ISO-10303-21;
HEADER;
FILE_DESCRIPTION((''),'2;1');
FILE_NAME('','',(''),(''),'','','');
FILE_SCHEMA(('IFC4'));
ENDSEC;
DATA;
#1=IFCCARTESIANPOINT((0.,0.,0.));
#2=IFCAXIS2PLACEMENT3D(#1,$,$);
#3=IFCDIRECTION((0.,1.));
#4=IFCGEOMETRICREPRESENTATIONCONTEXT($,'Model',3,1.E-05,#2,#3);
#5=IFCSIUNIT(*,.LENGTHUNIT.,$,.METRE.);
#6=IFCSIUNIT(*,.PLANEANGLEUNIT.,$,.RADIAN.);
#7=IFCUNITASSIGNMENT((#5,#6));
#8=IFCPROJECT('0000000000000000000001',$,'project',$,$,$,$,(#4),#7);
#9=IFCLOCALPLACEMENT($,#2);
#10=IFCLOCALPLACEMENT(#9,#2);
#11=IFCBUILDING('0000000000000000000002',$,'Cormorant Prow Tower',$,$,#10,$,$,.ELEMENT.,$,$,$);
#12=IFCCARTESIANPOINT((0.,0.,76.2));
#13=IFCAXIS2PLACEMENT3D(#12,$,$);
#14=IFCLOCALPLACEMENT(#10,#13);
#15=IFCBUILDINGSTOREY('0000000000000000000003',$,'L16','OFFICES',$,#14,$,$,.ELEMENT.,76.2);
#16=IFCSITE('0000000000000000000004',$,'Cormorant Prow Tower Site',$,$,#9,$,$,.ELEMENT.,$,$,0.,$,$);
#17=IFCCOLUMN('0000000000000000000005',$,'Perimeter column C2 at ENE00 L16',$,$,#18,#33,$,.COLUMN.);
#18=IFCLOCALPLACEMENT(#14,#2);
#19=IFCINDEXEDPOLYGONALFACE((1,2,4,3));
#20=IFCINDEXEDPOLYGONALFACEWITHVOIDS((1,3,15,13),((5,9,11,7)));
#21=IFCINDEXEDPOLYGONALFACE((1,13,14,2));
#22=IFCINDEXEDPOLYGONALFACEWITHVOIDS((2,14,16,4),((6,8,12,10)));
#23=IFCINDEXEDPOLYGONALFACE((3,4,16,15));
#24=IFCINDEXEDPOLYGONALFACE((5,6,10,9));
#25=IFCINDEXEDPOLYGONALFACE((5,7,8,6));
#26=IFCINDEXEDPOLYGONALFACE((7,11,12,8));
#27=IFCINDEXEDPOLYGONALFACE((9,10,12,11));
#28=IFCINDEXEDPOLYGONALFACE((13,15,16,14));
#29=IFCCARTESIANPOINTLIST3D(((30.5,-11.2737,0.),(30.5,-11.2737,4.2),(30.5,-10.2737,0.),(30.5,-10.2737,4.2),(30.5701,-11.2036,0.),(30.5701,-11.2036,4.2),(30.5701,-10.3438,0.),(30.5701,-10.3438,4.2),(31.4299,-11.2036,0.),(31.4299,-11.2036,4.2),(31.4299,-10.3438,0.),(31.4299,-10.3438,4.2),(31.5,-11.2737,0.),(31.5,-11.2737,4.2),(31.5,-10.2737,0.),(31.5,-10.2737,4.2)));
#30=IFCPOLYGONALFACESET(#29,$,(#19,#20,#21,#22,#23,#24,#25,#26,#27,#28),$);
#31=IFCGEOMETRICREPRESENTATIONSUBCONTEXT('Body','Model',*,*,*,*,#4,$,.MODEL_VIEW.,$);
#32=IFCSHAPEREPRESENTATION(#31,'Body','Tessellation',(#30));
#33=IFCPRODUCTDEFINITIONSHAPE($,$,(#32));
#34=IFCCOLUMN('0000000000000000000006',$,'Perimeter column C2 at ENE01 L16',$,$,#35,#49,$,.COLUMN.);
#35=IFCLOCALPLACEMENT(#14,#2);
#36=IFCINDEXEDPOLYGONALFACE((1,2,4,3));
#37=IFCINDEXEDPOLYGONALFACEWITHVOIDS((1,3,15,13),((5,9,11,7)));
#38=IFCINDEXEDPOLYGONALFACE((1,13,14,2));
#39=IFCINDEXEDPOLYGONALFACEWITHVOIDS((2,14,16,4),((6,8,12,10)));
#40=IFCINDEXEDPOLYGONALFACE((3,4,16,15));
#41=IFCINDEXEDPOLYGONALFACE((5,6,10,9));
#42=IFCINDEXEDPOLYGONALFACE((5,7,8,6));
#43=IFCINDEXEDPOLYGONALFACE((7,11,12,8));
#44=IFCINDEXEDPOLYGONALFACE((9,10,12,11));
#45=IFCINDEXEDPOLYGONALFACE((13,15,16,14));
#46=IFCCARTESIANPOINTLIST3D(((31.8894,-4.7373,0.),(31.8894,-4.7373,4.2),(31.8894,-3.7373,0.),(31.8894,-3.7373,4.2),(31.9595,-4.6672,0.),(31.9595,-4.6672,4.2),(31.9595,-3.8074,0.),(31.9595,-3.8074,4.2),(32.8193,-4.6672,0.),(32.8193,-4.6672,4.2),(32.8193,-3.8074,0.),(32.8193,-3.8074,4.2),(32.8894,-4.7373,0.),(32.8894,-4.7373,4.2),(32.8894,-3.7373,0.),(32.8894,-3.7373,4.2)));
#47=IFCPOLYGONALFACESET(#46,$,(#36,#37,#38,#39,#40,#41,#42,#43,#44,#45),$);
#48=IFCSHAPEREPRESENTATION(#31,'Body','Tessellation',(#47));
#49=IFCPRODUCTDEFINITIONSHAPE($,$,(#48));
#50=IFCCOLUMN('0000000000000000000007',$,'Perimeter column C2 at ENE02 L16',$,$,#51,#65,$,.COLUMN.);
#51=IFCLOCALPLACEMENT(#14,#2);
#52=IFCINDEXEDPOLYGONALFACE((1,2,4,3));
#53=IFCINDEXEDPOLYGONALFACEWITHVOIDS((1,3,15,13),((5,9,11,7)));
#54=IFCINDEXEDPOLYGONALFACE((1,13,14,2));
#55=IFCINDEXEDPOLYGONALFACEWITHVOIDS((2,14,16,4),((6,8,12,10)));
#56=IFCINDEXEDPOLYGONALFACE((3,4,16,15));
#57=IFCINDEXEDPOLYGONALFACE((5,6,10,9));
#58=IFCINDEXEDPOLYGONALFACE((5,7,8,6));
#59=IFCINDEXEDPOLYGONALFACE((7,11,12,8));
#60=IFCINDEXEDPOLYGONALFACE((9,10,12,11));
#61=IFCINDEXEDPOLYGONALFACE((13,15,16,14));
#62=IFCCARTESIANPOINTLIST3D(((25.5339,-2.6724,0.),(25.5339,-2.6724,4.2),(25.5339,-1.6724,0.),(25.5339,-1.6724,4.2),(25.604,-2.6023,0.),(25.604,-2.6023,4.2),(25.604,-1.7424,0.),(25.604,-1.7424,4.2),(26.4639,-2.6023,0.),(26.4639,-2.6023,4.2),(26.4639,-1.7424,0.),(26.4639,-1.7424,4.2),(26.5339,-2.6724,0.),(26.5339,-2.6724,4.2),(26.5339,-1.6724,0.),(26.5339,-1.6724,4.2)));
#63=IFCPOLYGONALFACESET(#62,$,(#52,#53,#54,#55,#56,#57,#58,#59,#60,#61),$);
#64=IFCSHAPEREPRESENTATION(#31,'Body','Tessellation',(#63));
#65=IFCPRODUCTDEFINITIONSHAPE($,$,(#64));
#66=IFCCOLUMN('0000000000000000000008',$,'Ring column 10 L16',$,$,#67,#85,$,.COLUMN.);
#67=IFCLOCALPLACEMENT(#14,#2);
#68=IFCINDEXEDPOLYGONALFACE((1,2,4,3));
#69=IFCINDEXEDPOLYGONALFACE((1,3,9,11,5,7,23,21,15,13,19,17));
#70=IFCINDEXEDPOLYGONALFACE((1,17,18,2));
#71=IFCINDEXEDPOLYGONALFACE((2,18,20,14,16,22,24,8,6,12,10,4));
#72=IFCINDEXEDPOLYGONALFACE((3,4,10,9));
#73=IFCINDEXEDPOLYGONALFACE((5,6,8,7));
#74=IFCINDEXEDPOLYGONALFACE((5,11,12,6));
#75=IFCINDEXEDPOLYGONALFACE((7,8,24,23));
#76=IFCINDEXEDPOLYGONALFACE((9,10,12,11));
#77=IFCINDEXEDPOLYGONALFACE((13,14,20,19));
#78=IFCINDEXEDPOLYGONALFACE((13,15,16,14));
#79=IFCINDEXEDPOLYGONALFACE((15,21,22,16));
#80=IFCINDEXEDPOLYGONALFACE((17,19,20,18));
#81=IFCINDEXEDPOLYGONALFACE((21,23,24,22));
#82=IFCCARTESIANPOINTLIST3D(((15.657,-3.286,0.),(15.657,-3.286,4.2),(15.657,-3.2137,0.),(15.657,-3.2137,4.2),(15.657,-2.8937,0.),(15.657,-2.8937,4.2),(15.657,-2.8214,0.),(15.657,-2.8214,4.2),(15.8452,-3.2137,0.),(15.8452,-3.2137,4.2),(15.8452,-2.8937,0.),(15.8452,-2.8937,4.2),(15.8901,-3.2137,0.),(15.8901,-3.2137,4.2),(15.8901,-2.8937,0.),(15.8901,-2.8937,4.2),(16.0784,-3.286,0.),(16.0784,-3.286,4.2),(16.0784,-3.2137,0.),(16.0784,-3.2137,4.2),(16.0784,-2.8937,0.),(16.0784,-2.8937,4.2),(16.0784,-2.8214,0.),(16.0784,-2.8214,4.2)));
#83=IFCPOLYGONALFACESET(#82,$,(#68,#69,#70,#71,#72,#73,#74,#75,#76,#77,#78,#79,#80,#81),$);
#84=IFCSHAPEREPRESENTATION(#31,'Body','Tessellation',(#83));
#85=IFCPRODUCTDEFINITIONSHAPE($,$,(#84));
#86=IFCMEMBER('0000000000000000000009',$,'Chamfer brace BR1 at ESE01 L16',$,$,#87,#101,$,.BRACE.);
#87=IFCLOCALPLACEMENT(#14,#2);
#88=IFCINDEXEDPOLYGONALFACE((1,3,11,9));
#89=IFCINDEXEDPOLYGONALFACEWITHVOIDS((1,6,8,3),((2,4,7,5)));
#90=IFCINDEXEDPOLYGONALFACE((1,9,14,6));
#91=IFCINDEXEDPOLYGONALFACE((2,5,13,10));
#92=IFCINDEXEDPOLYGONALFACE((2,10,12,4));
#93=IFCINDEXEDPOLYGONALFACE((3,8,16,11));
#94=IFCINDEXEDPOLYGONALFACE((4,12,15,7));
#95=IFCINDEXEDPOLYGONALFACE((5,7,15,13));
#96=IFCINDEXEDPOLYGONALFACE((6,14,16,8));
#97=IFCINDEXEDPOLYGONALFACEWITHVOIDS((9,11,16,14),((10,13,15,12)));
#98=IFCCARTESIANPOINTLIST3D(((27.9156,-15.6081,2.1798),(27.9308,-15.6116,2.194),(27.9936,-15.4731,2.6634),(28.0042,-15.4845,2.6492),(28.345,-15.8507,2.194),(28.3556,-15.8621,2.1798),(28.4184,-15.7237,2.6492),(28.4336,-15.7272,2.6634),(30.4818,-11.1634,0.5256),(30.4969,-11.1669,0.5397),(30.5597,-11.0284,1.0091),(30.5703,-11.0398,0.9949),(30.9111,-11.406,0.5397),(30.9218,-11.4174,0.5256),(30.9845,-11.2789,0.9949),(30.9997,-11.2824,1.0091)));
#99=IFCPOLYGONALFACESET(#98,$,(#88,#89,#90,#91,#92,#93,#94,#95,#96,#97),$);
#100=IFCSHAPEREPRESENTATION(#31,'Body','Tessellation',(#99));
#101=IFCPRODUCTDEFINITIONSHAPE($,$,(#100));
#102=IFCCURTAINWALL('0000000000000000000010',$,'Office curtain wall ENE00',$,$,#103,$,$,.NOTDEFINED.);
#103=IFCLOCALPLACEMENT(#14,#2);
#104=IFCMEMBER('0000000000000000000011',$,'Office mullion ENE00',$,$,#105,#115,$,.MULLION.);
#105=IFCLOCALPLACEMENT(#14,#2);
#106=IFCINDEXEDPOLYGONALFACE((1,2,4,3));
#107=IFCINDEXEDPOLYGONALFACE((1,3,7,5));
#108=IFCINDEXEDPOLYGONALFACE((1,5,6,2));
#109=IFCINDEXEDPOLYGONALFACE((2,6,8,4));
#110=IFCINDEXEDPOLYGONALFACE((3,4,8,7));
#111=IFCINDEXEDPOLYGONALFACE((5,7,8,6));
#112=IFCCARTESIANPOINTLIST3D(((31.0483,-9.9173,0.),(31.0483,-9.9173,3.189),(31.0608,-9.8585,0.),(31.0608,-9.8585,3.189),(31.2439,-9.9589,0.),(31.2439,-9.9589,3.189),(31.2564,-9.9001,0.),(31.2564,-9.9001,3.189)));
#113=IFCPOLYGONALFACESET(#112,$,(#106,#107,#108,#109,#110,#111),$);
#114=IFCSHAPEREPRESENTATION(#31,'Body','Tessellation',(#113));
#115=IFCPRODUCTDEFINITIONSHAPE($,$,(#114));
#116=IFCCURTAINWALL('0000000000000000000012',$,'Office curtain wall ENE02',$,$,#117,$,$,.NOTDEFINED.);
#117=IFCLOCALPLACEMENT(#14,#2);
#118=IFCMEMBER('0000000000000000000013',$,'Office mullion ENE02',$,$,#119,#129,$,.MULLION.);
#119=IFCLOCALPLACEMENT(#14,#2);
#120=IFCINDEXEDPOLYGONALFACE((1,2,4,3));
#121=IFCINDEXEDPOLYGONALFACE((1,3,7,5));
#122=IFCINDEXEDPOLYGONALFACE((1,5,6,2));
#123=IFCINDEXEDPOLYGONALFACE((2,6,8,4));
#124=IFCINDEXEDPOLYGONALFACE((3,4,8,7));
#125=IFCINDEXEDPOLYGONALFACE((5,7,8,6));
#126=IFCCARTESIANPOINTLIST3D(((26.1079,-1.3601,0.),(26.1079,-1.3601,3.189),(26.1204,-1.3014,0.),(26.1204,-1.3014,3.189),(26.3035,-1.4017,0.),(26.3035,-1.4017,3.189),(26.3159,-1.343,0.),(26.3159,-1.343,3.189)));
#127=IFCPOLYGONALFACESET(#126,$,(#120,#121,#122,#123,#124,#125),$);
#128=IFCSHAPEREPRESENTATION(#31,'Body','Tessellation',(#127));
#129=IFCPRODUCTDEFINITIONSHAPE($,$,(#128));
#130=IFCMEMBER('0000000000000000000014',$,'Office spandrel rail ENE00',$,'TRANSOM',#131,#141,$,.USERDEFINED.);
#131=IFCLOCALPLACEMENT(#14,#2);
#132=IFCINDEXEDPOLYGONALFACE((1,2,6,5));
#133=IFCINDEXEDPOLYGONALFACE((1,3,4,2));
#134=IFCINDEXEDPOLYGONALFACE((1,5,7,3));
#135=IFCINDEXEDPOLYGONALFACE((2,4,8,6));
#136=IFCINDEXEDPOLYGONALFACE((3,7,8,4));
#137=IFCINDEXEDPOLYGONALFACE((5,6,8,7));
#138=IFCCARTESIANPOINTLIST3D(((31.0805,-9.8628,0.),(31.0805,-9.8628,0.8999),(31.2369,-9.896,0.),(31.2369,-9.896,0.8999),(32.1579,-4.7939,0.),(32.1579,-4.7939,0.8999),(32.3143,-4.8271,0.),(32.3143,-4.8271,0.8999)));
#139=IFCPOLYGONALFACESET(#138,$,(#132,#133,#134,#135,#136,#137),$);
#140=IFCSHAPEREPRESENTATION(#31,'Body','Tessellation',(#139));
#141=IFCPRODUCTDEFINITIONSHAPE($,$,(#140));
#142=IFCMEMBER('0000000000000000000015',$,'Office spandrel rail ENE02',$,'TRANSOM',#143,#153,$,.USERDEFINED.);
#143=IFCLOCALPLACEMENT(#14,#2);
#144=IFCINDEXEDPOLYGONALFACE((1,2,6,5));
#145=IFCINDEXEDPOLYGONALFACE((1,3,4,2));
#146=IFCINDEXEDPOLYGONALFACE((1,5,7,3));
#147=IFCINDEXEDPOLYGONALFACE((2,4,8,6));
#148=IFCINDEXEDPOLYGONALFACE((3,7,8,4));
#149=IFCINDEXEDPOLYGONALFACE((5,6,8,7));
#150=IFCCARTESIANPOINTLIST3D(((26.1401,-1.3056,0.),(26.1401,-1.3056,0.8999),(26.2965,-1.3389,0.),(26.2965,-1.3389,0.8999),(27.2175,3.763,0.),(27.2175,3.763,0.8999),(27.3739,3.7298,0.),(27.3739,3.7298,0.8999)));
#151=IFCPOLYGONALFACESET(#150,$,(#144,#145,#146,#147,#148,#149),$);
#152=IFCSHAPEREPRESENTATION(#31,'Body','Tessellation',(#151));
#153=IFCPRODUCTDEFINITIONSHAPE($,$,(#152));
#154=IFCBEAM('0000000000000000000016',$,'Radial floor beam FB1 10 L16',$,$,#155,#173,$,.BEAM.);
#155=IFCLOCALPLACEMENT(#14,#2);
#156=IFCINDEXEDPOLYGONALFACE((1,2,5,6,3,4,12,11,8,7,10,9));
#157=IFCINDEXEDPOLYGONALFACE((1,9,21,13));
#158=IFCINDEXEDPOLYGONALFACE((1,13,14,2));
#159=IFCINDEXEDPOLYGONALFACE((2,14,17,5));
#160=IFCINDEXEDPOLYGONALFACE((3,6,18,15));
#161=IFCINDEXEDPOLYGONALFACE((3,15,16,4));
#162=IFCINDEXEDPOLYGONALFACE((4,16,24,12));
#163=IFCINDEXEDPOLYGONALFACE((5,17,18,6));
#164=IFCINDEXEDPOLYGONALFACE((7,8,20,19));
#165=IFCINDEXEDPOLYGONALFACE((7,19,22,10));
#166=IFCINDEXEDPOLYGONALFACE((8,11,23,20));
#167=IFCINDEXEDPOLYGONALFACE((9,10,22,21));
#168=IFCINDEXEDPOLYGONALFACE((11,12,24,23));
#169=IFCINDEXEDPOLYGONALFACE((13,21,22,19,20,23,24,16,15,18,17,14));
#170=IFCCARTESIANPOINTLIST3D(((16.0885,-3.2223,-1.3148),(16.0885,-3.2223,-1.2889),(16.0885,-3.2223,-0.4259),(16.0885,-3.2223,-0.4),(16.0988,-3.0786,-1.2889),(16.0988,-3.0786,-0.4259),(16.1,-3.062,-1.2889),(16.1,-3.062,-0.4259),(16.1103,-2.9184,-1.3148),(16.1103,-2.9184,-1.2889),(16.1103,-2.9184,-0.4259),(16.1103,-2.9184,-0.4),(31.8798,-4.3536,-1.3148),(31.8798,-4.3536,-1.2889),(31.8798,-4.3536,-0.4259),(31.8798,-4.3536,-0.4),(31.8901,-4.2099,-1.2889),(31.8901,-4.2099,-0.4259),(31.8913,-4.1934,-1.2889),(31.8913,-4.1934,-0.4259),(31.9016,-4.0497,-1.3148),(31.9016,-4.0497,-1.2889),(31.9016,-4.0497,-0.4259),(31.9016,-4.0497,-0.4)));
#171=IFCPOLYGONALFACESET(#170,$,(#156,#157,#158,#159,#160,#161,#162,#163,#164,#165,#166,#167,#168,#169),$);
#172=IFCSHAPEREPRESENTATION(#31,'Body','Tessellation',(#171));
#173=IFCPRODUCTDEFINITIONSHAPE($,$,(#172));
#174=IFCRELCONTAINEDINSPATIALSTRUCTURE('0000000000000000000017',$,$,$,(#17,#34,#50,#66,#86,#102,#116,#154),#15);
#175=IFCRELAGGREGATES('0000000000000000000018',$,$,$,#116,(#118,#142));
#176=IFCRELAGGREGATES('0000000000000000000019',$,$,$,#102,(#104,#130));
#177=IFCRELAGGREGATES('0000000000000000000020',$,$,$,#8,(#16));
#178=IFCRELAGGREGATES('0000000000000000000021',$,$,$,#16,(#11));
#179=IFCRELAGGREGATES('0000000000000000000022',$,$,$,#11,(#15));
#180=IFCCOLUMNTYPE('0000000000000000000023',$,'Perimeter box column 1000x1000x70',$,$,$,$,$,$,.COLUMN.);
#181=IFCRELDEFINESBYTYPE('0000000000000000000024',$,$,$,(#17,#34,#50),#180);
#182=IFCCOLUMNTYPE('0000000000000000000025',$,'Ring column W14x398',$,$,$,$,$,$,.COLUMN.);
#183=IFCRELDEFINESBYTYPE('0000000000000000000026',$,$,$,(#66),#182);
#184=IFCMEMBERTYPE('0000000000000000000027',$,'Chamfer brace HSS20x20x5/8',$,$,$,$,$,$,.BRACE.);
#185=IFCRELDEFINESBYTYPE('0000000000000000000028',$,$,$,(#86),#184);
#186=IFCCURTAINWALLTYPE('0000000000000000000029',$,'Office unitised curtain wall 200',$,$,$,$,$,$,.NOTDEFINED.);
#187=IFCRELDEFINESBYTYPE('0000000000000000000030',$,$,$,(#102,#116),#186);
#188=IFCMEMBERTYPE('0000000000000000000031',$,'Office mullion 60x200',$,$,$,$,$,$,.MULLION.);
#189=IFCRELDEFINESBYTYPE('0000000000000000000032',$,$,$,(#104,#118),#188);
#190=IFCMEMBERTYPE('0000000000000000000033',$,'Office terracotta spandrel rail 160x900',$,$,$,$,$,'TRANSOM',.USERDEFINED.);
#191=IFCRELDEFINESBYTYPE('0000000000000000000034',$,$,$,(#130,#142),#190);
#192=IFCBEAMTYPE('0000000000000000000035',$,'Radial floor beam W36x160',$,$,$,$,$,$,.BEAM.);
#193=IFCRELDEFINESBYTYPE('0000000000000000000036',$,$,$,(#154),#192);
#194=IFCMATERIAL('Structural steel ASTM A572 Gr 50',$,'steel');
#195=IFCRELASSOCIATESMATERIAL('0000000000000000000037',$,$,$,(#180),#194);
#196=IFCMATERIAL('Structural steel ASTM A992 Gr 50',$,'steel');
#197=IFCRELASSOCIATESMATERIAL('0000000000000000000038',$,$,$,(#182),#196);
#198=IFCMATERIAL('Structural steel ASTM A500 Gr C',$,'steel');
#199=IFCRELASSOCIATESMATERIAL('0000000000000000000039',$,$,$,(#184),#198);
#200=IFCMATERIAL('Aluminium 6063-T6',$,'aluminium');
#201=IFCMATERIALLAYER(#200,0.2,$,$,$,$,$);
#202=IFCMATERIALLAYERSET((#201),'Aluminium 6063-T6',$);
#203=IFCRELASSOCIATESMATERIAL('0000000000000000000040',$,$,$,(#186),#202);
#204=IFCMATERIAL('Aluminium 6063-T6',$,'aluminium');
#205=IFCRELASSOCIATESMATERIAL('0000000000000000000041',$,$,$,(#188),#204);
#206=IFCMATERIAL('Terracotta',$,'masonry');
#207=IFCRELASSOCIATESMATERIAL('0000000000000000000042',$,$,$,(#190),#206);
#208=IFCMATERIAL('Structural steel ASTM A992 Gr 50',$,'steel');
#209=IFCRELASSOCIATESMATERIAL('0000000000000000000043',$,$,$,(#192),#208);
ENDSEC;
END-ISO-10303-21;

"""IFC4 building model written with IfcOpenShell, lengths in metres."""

from ifc_helpers import new_model, si_unit, direction, frame, origin, origin_2d, place, context, subcontext, project, spatial, rectangle, hollow_rectangle, i_section, extrude, material, layer, layer_set, material_profile, profile_set, type_object, element, aggregate, save


model = new_model("IFC4")

# Units and contexts
model_context = context("Model", 3, precision=1e-05, world=origin(), true_north=direction((0.0, 1.0)))
body_context = subcontext(model_context, "Body", "Model", "MODEL_VIEW")
ifc_project = project(units=[si_unit("LENGTHUNIT", "METRE"), si_unit("PLANEANGLEUNIT", "RADIAN")], contexts=[model_context])

# Site, building, storey
site_placement = place(None, origin())
site = spatial("IfcSite", under=ifc_project, at=site_placement, Name="Cormorant Prow Tower Site", CompositionType="ELEMENT", RefElevation=0.0)
building_placement = place(site_placement, origin())
building = spatial("IfcBuilding", under=site, at=building_placement, Name="Cormorant Prow Tower", CompositionType="ELEMENT")
storey_placement = place(building_placement, frame((0.0, 0.0, 76.2)))
storey = spatial("IfcBuildingStorey", under=building, at=storey_placement, Name="L16", Description="OFFICES", CompositionType="ELEMENT", Elevation=76.2)

# Columns
ifc_material_1 = material(Name="Structural steel ASTM A572 Gr 50", Category="steel")
ifc_material_profile_1 = material_profile(ifc_material_1, hollow_rectangle(XDim=1.0, YDim=1.0, WallThickness=0.0701, at=origin_2d()), Name="Box 1000x1000x70")
ifc_profile_set_1 = profile_set([ifc_material_profile_1], Name="Structural steel ASTM A572 Gr 50")
column_type_1 = type_object("IfcColumnType", Name="Perimeter box column 1000x1000x70", PredefinedType="COLUMN", material=ifc_profile_set_1)
for number, where, z_axis, x_axis, name in (
    (1, (31.0, -10.7737, 0.0), (0.0, 0.0, 1.0), (1.0, 0.0, 0.0), "Perimeter column C2 at ENE00 L16"),
    (2, (32.3894, -4.2373, 0.0), (0.0, 0.0, 1.0), (1.0, 0.0, 0.0), "Perimeter column C2 at ENE01 L16"),
    (3, (26.0339, -2.1724, 0.0), (0.0, 0.0, 1.0), (1.0, 0.0, 0.0), "Perimeter column C2 at ENE02 L16"),
):
    element("IfcColumn", number, at=place(storey_placement, frame(where, z_axis=z_axis, x_axis=x_axis)), inside=storey, type_object=column_type_1, Name=name, PredefinedType="COLUMN", context=body_context, shape_type="SweptSolid", body=[
        extrude(hollow_rectangle(XDim=1.0, YDim=1.0, WallThickness=0.0701, at=origin_2d()), origin(), (0.0, 0.0, 1.0), 4.2),
    ])
ifc_material_2 = material(Name="Structural steel ASTM A992 Gr 50", Category="steel")
ifc_material_profile_2 = material_profile(ifc_material_2, i_section(OverallWidth=0.4214, OverallDepth=0.4646, WebThickness=0.0449, FlangeThickness=0.0723, at=origin_2d()), Name="W14x398")
ifc_profile_set_2 = profile_set([ifc_material_profile_2], Name="Structural steel ASTM A992 Gr 50")
column_type_2 = type_object("IfcColumnType", Name="Ring column W14x398", PredefinedType="COLUMN", material=ifc_profile_set_2)
column_placement = place(storey_placement, frame((15.8677, -3.0537, 0.0), z_axis=(0.0, 0.0, 1.0), x_axis=(1.0, 0.0, 0.0)))
element("IfcColumn", 4, at=column_placement, inside=storey, type_object=column_type_2, Name="Ring column 10 L16", PredefinedType="COLUMN", context=body_context, shape_type="SweptSolid", body=[
    extrude(i_section(OverallWidth=0.4214, OverallDepth=0.4646, WebThickness=0.0449, FlangeThickness=0.0723, at=origin_2d()), origin(), (0.0, 0.0, 1.0), 4.2),
])

# Member
ifc_material_3 = material(Name="Structural steel ASTM A500 Gr C", Category="steel")
ifc_material_profile_3 = material_profile(ifc_material_3, hollow_rectangle(XDim=0.5081, YDim=0.5081, WallThickness=0.0149, at=origin_2d()), Name="HSS20x20x5/8")
ifc_profile_set_3 = profile_set([ifc_material_profile_3], Name="Structural steel ASTM A500 Gr C")
member_type_1 = type_object("IfcMemberType", Name="Chamfer brace HSS20x20x5/8", PredefinedType="BRACE", material=ifc_profile_set_3)
member_1_placement = place(storey_placement, frame((30.7407, -11.2229, 0.7673), z_axis=(-0.475882, -0.82427, 0.306781), x_axis=(0.86603, -0.499991, 0.0)))
element("IfcMember", 5, at=member_1_placement, inside=storey, type_object=member_type_1, Name="Chamfer brace BR1 at ESE01 L16", PredefinedType="BRACE", context=body_context, shape_type="SweptSolid", body=[
    extrude(hollow_rectangle(XDim=0.5081, YDim=0.5081, WallThickness=0.0149, at=origin_2d()), origin(), (0.0, 0.0, 1.0), 5.3923),
])

# Curtain walls, members
ifc_material_4 = material(Name="Aluminium 6063-T6", Category="aluminium")
ifc_layer_1 = layer(ifc_material_4, 0.2)
ifc_layer_set_1 = layer_set([ifc_layer_1], Name="Aluminium 6063-T6")
curtain_wall_type = type_object("IfcCurtainWallType", Name="Office unitised curtain wall 200", PredefinedType="NOTDEFINED", material=ifc_layer_set_1)
curtain_wall_1_placement = place(storey_placement, origin())
curtain_wall_1 = element("IfcCurtainWall", 6, at=curtain_wall_1_placement, inside=storey, type_object=curtain_wall_type, Name="Office curtain wall ENE00", PredefinedType="NOTDEFINED")
ifc_material_5 = material(Name="Aluminium 6063-T6", Category="aluminium")
ifc_material_profile_4 = material_profile(ifc_material_5, rectangle(XDim=0.2, YDim=0.0601, at=origin_2d()), Name="Office mullion 60x200")
ifc_profile_set_4 = profile_set([ifc_material_profile_4], Name="Aluminium 6063-T6")
member_type_2 = type_object("IfcMemberType", Name="Office mullion 60x200", PredefinedType="MULLION", material=ifc_profile_set_4)
member_2_placement = place(storey_placement, frame((31.1523, -9.9087, 0.0), z_axis=(0.0, 0.0, 1.0), x_axis=(-0.978148, 0.207912, 0.0)))
member_2 = element("IfcMember", 7, at=member_2_placement, type_object=member_type_2, Name="Office mullion ENE00", PredefinedType="MULLION", context=body_context, shape_type="SweptSolid", body=[
    extrude(rectangle(XDim=0.2, YDim=0.0601, at=origin_2d()), origin(), (0.0, 0.0, 1.0), 3.189),
])
curtain_wall_2_placement = place(storey_placement, origin())
curtain_wall_2 = element("IfcCurtainWall", 8, at=curtain_wall_2_placement, inside=storey, type_object=curtain_wall_type, Name="Office curtain wall ENE02", PredefinedType="NOTDEFINED")
member_3_placement = place(storey_placement, frame((26.2119, -1.3516, 0.0), z_axis=(0.0, 0.0, 1.0), x_axis=(-0.978148, 0.207912, 0.0)))
member_3 = element("IfcMember", 9, at=member_3_placement, type_object=member_type_2, Name="Office mullion ENE02", PredefinedType="MULLION", context=body_context, shape_type="SweptSolid", body=[
    extrude(rectangle(XDim=0.2, YDim=0.0601, at=origin_2d()), origin(), (0.0, 0.0, 1.0), 3.189),
])

# Members
ifc_material_6 = material(Name="Terracotta", Category="masonry")
ifc_material_profile_5 = material_profile(ifc_material_6, rectangle(XDim=0.1599, YDim=0.8999, at=origin_2d()), Name="Office terracotta spandrel rail 160x900")
ifc_profile_set_5 = profile_set([ifc_material_profile_5], Name="Terracotta")
member_type_3 = type_object("IfcMemberType", Name="Office terracotta spandrel rail 160x900", ElementType="TRANSOM", PredefinedType="USERDEFINED", material=ifc_profile_set_5)
member_4_placement = place(storey_placement, frame((31.1587, -9.8794, 0.45), z_axis=(0.207907, 0.978149, 0.0), x_axis=(-0.978149, 0.207907, 0.0)))
member_4 = element("IfcMember", 10, at=member_4_placement, type_object=member_type_3, Name="Office spandrel rail ENE00", ObjectType="TRANSOM", PredefinedType="USERDEFINED", context=body_context, shape_type="SweptSolid", body=[
    extrude(rectangle(XDim=0.1599, YDim=0.8999, at=origin_2d()), origin(), (0.0, 0.0, 1.0), 5.1821),
])
member_5_placement = place(storey_placement, frame((26.2183, -1.3223, 0.45), z_axis=(0.207917, 0.978147, 0.0), x_axis=(-0.978147, 0.207917, 0.0)))
member_5 = element("IfcMember", 11, at=member_5_placement, type_object=member_type_3, Name="Office spandrel rail ENE02", ObjectType="TRANSOM", PredefinedType="USERDEFINED", context=body_context, shape_type="SweptSolid", body=[
    extrude(rectangle(XDim=0.1599, YDim=0.8999, at=origin_2d()), origin(), (0.0, 0.0, 1.0), 5.1819),
])
aggregate(curtain_wall_2, [member_3, member_5])

# Beam
ifc_material_7 = material(Name="Structural steel ASTM A992 Gr 50", Category="steel")
ifc_material_profile_6 = material_profile(ifc_material_7, i_section(OverallWidth=0.3047, OverallDepth=0.9148, WebThickness=0.0166, FlangeThickness=0.0259, at=origin_2d()), Name="W36x160")
ifc_profile_set_6 = profile_set([ifc_material_profile_6], Name="Structural steel ASTM A992 Gr 50")
beam_type_1 = type_object("IfcBeamType", Name="Radial floor beam W36x160", PredefinedType="BEAM", material=ifc_profile_set_6)
beam_1_placement = place(storey_placement, frame((16.0994, -3.0703, -0.8574), z_axis=(0.997443, -0.071461, 0.0), x_axis=(0.071461, 0.997443, 0.0)))
element("IfcBeam", 12, at=beam_1_placement, inside=storey, type_object=beam_type_1, Name="Radial floor beam FB1 10 L16", PredefinedType="BEAM", context=body_context, shape_type="SweptSolid", body=[
    extrude(i_section(OverallWidth=0.3047, OverallDepth=0.9148, WebThickness=0.0166, FlangeThickness=0.0259, at=origin_2d()), origin(), (0.0, 0.0, 1.0), 15.8318),
])

aggregate(curtain_wall_1, [member_2, member_4])

save(model, "model.ifc")
